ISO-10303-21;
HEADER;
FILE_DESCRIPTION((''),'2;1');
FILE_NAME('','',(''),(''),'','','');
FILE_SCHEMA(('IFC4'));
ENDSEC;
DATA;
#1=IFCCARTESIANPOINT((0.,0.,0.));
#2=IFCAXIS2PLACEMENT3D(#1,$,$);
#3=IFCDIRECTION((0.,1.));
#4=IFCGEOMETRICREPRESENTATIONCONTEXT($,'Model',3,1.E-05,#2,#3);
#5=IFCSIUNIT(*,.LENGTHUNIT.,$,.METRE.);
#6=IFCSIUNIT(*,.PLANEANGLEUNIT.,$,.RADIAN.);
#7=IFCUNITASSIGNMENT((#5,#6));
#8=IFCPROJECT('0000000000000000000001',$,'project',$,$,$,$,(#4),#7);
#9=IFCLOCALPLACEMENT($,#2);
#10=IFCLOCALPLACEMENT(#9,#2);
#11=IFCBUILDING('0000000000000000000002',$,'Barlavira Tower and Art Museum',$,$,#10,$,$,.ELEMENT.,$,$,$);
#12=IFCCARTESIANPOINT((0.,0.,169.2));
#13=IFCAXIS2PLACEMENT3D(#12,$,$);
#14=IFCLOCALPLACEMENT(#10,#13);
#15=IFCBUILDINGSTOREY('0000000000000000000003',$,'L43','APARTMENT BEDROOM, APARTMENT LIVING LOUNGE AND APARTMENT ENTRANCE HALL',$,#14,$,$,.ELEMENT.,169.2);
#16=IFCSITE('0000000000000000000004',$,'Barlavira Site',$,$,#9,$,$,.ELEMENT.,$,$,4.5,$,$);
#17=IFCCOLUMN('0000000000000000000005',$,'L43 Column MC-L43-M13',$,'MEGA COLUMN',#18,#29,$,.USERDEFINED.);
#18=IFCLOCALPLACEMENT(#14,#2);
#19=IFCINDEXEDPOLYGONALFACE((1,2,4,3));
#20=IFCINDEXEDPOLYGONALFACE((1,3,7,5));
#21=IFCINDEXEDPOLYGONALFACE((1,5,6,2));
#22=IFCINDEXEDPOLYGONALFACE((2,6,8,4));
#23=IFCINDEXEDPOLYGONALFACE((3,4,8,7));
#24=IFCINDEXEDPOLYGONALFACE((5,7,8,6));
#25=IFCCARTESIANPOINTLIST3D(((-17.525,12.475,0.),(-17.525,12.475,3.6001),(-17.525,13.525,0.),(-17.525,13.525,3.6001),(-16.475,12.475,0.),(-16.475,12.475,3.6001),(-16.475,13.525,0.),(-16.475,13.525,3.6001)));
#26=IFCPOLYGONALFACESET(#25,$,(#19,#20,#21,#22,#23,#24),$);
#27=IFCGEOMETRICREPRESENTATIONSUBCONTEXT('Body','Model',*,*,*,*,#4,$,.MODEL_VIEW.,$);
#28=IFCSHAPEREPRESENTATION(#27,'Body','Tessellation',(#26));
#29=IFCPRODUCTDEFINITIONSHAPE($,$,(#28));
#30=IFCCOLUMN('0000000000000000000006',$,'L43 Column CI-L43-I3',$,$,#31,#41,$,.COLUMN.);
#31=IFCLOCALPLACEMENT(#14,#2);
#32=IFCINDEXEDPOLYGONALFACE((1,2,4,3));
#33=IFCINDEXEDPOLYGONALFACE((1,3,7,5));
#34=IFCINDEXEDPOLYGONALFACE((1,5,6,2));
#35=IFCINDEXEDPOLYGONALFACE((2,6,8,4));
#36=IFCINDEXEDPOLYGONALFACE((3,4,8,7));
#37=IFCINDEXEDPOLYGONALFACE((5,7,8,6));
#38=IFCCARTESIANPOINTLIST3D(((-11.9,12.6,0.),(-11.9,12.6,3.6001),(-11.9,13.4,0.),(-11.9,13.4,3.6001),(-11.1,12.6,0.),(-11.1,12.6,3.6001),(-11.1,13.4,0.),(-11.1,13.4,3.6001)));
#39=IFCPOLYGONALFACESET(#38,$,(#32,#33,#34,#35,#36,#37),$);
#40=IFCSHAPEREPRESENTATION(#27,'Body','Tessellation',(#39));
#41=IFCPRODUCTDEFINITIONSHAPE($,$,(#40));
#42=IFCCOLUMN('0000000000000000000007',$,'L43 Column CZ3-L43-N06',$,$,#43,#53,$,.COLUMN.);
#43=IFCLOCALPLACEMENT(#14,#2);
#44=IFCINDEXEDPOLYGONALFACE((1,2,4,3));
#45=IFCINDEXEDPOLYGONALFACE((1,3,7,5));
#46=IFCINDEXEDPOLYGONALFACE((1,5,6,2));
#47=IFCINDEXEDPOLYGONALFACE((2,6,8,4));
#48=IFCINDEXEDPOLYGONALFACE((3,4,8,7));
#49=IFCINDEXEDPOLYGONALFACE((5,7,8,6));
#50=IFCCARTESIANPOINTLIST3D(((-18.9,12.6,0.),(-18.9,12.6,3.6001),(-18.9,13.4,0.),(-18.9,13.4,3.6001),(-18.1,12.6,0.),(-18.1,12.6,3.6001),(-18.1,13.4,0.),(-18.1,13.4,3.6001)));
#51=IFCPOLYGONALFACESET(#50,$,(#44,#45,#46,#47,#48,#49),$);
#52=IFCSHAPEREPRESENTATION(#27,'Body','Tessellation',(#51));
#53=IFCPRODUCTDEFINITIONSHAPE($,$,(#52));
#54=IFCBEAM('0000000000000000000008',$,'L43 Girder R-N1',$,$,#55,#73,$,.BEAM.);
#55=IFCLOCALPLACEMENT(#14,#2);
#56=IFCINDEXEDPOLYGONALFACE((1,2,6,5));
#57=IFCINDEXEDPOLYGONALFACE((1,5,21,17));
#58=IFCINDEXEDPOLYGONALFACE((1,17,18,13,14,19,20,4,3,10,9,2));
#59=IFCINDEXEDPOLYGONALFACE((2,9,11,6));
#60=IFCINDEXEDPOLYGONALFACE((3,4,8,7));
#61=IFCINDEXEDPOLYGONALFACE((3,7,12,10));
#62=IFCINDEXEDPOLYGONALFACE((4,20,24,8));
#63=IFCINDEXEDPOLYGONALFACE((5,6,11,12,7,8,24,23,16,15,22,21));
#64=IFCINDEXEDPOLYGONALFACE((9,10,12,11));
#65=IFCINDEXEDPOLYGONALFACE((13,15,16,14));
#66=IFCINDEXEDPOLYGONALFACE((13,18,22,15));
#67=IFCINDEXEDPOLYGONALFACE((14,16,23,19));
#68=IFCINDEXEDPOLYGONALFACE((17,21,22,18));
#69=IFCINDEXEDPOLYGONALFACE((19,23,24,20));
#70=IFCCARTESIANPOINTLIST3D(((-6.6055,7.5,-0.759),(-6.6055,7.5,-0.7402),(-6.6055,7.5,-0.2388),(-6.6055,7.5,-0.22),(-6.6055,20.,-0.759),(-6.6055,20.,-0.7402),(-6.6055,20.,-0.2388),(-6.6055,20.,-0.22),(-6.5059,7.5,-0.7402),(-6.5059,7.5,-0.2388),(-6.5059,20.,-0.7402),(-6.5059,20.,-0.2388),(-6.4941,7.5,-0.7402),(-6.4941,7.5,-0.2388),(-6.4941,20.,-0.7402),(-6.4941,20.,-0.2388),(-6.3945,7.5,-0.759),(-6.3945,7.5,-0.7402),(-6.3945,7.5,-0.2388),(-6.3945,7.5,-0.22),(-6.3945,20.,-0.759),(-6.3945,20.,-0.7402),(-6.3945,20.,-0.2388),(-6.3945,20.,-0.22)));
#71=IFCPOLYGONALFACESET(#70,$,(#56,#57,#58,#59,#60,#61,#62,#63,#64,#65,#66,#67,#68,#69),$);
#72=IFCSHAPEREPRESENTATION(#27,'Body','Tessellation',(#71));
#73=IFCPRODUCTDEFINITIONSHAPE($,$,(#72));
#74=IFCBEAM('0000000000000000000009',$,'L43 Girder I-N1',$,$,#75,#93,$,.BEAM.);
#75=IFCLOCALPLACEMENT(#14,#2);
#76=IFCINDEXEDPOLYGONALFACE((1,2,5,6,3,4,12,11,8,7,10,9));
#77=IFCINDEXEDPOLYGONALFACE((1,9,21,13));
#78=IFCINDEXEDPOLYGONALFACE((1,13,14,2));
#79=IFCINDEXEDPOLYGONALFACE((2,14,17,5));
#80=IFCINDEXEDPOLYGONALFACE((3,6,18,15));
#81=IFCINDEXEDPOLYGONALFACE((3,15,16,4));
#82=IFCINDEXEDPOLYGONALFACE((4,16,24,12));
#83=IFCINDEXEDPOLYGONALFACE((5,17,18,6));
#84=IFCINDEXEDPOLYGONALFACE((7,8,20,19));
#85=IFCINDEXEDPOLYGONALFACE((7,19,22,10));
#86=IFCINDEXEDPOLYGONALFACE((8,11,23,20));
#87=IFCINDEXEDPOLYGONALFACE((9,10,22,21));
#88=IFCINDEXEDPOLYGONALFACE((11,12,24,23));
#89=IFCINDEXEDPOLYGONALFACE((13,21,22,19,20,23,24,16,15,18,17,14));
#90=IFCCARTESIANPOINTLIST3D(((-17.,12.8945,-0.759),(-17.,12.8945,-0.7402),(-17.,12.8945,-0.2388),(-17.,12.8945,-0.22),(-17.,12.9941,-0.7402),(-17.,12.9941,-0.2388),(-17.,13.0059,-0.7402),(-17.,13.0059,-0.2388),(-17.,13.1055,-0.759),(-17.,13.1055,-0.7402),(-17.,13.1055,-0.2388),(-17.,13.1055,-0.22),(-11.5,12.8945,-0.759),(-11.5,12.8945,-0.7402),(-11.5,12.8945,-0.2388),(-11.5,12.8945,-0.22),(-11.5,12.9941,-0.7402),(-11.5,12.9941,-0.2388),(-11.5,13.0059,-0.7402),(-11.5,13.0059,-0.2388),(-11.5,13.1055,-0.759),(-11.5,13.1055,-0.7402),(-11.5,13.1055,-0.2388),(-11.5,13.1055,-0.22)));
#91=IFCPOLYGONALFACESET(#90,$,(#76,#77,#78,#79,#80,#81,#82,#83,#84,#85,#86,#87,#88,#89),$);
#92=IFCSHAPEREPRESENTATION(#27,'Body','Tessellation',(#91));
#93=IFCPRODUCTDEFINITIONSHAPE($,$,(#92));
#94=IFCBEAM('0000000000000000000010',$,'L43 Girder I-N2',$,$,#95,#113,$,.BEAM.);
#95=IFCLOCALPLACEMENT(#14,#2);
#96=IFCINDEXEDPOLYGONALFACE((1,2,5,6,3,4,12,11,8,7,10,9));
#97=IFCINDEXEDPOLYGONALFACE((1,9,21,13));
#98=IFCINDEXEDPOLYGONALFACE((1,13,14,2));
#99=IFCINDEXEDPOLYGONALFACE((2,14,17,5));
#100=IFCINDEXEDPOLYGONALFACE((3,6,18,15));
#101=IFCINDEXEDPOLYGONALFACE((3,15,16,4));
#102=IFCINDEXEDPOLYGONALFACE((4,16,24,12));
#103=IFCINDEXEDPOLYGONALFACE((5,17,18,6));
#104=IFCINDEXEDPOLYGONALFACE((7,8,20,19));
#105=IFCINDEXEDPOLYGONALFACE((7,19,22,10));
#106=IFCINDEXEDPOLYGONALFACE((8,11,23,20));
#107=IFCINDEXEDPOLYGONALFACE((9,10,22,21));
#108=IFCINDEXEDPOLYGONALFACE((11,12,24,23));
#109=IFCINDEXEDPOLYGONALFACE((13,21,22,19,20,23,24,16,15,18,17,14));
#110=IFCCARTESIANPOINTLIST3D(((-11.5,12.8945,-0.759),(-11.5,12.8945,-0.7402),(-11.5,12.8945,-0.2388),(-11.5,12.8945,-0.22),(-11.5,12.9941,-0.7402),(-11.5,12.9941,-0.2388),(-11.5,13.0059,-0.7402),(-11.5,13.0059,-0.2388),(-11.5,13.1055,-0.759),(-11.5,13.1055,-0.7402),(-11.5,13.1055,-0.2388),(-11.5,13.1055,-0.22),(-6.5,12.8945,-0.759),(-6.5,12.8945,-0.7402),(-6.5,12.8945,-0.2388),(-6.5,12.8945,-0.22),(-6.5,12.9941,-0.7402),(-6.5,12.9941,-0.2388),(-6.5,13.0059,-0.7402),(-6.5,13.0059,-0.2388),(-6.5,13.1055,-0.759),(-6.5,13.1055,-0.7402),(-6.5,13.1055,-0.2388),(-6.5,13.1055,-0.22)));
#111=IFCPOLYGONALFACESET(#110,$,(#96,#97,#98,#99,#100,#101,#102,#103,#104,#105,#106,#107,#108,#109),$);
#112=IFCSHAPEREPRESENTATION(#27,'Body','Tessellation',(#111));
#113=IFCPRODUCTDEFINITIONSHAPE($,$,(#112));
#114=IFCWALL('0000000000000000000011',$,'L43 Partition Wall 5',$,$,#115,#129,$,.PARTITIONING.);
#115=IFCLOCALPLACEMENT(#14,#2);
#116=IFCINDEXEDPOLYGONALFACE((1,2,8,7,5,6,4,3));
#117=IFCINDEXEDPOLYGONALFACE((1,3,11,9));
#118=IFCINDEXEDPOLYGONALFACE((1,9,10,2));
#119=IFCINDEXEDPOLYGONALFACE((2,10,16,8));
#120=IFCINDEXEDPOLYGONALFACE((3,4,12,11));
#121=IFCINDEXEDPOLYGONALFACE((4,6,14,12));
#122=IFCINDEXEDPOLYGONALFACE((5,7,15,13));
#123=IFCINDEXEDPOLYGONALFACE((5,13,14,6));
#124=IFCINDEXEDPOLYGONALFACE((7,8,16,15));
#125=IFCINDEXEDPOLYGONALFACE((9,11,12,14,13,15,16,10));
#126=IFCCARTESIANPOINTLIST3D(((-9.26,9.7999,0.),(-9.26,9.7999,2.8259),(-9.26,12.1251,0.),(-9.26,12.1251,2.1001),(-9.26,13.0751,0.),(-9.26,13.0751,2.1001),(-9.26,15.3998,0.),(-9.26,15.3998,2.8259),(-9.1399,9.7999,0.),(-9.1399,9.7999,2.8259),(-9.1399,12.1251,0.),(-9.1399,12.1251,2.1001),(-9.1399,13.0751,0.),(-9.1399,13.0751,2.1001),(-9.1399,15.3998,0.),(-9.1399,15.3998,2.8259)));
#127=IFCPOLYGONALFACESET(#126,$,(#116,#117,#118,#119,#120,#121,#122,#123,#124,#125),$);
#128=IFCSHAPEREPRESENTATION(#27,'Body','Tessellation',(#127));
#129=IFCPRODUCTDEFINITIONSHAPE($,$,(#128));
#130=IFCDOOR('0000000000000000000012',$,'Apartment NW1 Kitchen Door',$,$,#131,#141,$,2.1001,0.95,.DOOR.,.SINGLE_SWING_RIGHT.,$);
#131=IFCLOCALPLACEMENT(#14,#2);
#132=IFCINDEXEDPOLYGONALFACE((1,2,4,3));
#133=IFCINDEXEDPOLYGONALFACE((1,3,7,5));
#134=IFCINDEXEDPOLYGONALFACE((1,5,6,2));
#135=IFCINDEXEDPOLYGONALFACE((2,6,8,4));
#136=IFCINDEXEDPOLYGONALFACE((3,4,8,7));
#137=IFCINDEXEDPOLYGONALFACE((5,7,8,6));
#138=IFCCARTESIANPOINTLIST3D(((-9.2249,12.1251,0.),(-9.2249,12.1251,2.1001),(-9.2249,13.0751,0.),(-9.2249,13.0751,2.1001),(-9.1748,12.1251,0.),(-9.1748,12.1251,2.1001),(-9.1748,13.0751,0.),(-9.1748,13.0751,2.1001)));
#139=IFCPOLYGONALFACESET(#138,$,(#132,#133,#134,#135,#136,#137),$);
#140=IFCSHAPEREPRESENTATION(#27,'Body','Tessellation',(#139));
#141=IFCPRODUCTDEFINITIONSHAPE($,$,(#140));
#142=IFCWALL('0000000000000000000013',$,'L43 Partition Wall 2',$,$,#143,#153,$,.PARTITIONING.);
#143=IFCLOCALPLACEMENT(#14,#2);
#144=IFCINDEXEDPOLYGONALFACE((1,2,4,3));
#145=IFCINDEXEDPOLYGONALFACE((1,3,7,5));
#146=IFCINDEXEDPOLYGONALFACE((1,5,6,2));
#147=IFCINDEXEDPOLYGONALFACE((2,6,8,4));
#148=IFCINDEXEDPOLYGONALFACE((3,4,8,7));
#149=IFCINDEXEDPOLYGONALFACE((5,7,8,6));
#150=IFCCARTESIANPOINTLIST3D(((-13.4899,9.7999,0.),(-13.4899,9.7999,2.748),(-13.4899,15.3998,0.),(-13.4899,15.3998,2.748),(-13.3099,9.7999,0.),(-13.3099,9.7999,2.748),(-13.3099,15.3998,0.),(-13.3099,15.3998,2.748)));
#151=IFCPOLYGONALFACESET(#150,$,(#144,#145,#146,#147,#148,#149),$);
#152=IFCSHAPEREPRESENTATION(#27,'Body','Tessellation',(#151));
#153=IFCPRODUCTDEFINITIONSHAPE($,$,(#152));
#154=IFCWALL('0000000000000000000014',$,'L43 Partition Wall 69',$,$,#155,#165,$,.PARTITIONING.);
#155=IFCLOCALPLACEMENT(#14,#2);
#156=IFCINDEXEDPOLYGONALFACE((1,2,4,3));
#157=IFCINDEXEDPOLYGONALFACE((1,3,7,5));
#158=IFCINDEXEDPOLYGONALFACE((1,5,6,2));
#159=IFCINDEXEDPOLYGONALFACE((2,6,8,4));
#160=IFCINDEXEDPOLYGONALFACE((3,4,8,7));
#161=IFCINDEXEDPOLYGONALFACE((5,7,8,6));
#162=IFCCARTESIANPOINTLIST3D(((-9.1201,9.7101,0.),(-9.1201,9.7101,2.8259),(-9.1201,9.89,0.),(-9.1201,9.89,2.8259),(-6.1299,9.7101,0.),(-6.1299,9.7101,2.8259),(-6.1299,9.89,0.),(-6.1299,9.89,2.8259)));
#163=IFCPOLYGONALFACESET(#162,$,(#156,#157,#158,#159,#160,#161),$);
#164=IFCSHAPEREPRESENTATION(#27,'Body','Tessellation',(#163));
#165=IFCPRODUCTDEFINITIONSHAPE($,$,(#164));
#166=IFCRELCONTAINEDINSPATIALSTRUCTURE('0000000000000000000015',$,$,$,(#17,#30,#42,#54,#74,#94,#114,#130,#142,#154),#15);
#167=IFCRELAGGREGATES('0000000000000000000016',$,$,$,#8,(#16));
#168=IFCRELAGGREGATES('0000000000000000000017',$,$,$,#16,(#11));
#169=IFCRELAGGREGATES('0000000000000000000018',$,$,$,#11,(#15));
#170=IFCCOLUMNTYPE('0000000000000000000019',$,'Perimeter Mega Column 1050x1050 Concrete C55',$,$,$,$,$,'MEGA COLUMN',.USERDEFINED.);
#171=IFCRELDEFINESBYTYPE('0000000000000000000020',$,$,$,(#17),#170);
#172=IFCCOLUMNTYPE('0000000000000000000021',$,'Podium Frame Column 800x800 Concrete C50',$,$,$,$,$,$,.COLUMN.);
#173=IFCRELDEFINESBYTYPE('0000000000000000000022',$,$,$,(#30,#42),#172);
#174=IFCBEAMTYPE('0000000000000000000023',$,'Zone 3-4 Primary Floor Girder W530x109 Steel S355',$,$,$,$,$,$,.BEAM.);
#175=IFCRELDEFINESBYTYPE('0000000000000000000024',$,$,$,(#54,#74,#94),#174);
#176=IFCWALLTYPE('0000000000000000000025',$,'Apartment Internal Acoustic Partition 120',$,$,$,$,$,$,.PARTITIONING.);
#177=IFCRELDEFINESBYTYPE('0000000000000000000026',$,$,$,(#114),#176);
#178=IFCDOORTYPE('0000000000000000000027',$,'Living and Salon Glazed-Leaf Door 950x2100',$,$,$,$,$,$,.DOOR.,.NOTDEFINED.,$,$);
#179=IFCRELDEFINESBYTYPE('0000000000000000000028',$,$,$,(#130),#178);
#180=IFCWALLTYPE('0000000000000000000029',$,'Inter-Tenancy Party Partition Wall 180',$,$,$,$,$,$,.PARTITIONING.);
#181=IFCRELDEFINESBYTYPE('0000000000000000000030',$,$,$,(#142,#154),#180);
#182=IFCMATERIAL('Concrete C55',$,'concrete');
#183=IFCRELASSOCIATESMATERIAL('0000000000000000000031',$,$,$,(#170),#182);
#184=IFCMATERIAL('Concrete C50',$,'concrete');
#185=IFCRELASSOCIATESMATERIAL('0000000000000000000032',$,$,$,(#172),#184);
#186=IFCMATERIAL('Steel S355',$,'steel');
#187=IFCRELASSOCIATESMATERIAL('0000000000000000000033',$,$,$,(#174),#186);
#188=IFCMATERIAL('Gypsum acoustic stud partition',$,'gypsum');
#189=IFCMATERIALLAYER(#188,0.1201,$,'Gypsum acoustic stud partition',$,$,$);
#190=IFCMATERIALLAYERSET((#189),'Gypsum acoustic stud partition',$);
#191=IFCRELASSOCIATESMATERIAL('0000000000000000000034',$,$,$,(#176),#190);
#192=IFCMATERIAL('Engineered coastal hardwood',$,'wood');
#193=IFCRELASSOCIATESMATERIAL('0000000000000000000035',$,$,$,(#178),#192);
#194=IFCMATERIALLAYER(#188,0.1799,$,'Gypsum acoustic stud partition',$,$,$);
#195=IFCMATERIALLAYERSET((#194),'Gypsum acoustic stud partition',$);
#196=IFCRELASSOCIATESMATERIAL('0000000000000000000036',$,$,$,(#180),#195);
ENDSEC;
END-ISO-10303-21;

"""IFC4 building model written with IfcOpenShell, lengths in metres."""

from ifc_helpers import new_model, si_unit, direction, frame, frame_2d, origin, origin_2d, place, context, subcontext, project, spatial, rectangle, i_section, extrude, material, layer, layer_set, material_profile, profile_set, type_object, element, fill, save


model = new_model("IFC4")

# Units and contexts
model_context = context("Model", 3, precision=1e-05, world=origin(), true_north=direction((0.0, 1.0)))
body_context = subcontext(model_context, "Body", "Model", "MODEL_VIEW")
ifc_project = project(units=[si_unit("LENGTHUNIT", "METRE"), si_unit("PLANEANGLEUNIT", "RADIAN")], contexts=[model_context])

# Site, building, storey
site_placement = place(None, origin())
site = spatial("IfcSite", under=ifc_project, at=site_placement, Name="Barlavira Site", CompositionType="ELEMENT", RefElevation=4.5)
building_placement = place(site_placement, origin())
building = spatial("IfcBuilding", under=site, at=building_placement, Name="Barlavira Tower and Art Museum", CompositionType="ELEMENT")
storey_placement = place(building_placement, frame((0.0, 0.0, 169.2)))
storey = spatial("IfcBuildingStorey", under=building, at=storey_placement, Name="L43", Description="APARTMENT BEDROOM, APARTMENT LIVING LOUNGE AND APARTMENT ENTRANCE HALL", CompositionType="ELEMENT", Elevation=169.2)

# Columns
ifc_material_1 = material(Name="Concrete C55", Category="concrete")
ifc_material_profile_1 = material_profile(ifc_material_1, rectangle(XDim=1.05, YDim=1.05, at=origin_2d()), Name="RC-COL 1050x1050")
ifc_profile_set_1 = profile_set([ifc_material_profile_1], Name="Concrete C55")
column_type_1 = type_object("IfcColumnType", Name="Perimeter Mega Column 1050x1050 Concrete C55", ElementType="MEGA COLUMN", PredefinedType="USERDEFINED", material=ifc_profile_set_1)
column_placement = place(storey_placement, frame((-17.0, 13.0, 0.0), z_axis=(0.0, 0.0, 1.0), x_axis=(1.0, 0.0, 0.0)))
element("IfcColumn", 1, at=column_placement, inside=storey, type_object=column_type_1, Name="L43 Column MC-L43-M13", ObjectType="MEGA COLUMN", PredefinedType="USERDEFINED", context=body_context, shape_type="SweptSolid", body=[
    extrude(rectangle(XDim=1.05, YDim=1.05, at=origin_2d()), origin(), (0.0, 0.0, 1.0), 3.6001),
])
ifc_material_2 = material(Name="Concrete C50", Category="concrete")
ifc_material_profile_2 = material_profile(ifc_material_2, rectangle(XDim=0.8, YDim=0.8, at=origin_2d()), Name="RC-COL 800x800")
ifc_profile_set_2 = profile_set([ifc_material_profile_2], Name="Concrete C50")
column_type_2 = type_object("IfcColumnType", Name="Podium Frame Column 800x800 Concrete C50", PredefinedType="COLUMN", material=ifc_profile_set_2)
for number, where, z_axis, x_axis, name in (
    (2, (-11.5, 13.0, 0.0), (0.0, 0.0, 1.0), (1.0, 0.0, 0.0), "L43 Column CI-L43-I3"),
    (3, (-18.5, 13.0, 0.0), (0.0, 0.0, 1.0), (1.0, 0.0, 0.0), "L43 Column CZ3-L43-N06"),
):
    element("IfcColumn", number, at=place(storey_placement, frame(where, z_axis=z_axis, x_axis=x_axis)), inside=storey, type_object=column_type_2, Name=name, PredefinedType="COLUMN", context=body_context, shape_type="SweptSolid", body=[
        extrude(rectangle(XDim=0.8, YDim=0.8, at=origin_2d()), origin(), (0.0, 0.0, 1.0), 3.6001),
    ])

# Beams
ifc_material_3 = material(Name="Steel S355", Category="steel")
ifc_material_profile_3 = material_profile(ifc_material_3, i_section(OverallWidth=0.2109, OverallDepth=0.5391, WebThickness=0.0117, FlangeThickness=0.0188, at=origin_2d()), Name="W530x109.0")
ifc_profile_set_3 = profile_set([ifc_material_profile_3], Name="Steel S355")
beam_type = type_object("IfcBeamType", Name="Zone 3-4 Primary Floor Girder W530x109 Steel S355", PredefinedType="BEAM", material=ifc_profile_set_3)
beam_1_placement = place(storey_placement, frame((-6.5, 7.5, -0.4895), z_axis=(0.0, 1.0, 0.0), x_axis=(-1.0, 0.0, 0.0)))
element("IfcBeam", 4, at=beam_1_placement, inside=storey, type_object=beam_type, Name="L43 Girder R-N1", PredefinedType="BEAM", context=body_context, shape_type="SweptSolid", body=[
    extrude(i_section(OverallWidth=0.2109, OverallDepth=0.5391, WebThickness=0.0117, FlangeThickness=0.0188, at=origin_2d()), origin(), (0.0, 0.0, 1.0), 12.5),
])
beam_2_placement = place(storey_placement, frame((-17.0, 13.0, -0.4895), z_axis=(1.0, 0.0, 0.0), x_axis=(0.0, 1.0, 0.0)))
element("IfcBeam", 5, at=beam_2_placement, inside=storey, type_object=beam_type, Name="L43 Girder I-N1", PredefinedType="BEAM", context=body_context, shape_type="SweptSolid", body=[
    extrude(i_section(OverallWidth=0.2109, OverallDepth=0.5391, WebThickness=0.0117, FlangeThickness=0.0188, at=origin_2d()), origin(), (0.0, 0.0, 1.0), 5.5),
])
beam_3_placement = place(storey_placement, frame((-11.5, 13.0, -0.4895), z_axis=(1.0, 0.0, 0.0), x_axis=(0.0, 1.0, 0.0)))
element("IfcBeam", 6, at=beam_3_placement, inside=storey, type_object=beam_type, Name="L43 Girder I-N2", PredefinedType="BEAM", context=body_context, shape_type="SweptSolid", body=[
    extrude(i_section(OverallWidth=0.2109, OverallDepth=0.5391, WebThickness=0.0117, FlangeThickness=0.0188, at=origin_2d()), origin(), (0.0, 0.0, 1.0), 5.0),
])

# Wall, opening, door
ifc_material_4 = material(Name="Gypsum acoustic stud partition", Category="gypsum")
ifc_layer_1 = layer(ifc_material_4, 0.1201, Name="Gypsum acoustic stud partition")
ifc_layer_set_1 = layer_set([ifc_layer_1], Name="Gypsum acoustic stud partition")
wall_type_1 = type_object("IfcWallType", Name="Apartment Internal Acoustic Partition 120", PredefinedType="PARTITIONING", material=ifc_layer_set_1)
wall_1_placement = place(storey_placement, frame((-9.2, 9.8, 0.0), z_axis=(0.0, 0.0, 1.0), x_axis=(0.0, 1.0, 0.0)))
wall_1 = element("IfcWall", 7, at=wall_1_placement, inside=storey, type_object=wall_type_1, Name="L43 Partition Wall 5", PredefinedType="PARTITIONING", context=body_context, shape_type="SweptSolid", body=[
    extrude(rectangle(XDim=5.5999, YDim=0.1201, at=frame_2d((2.7998, 0.0))), origin(), (0.0, 0.0, 1.0), 2.8259),
])
opening_1_placement = place(wall_1_placement, frame((2.325, 0.0, 0.0)))
opening_1 = element("IfcOpeningElement", 8, at=opening_1_placement, cuts=wall_1, PredefinedType="OPENING", context=body_context, shape_type="SweptSolid", body=[
    extrude(rectangle(XDim=0.95, YDim=2.1001, at=frame_2d((0.4751, 1.05))), frame((0.0, 0.0701, 0.0), z_axis=(0.0, -1.0, 0.0), x_axis=(1.0, 0.0, 0.0)), (0.0, 0.0, 1.0), 0.1401),
])
ifc_material_5 = material(Name="Engineered coastal hardwood", Category="wood")
door_type_1 = type_object("IfcDoorType", Name="Living and Salon Glazed-Leaf Door 950x2100", OperationType="NOTDEFINED", PredefinedType="DOOR", material=ifc_material_5)
door_1_placement = place(opening_1_placement, origin())
door_1 = element("IfcDoor", 9, at=door_1_placement, inside=storey, type_object=door_type_1, Name="Apartment NW1 Kitchen Door", OperationType="SINGLE_SWING_RIGHT", OverallHeight=2.1001, OverallWidth=0.95, PredefinedType="DOOR", context=body_context, shape_type="SweptSolid", body=[
    extrude(rectangle(XDim=0.95, YDim=2.1001, at=frame_2d((0.4751, 1.05))), frame((0.0, 0.0249, 0.0), z_axis=(0.0, -1.0, 0.0), x_axis=(1.0, 0.0, 0.0)), (0.0, 0.0, 1.0), 0.05),
])
fill(opening_1, door_1)

# Wall
ifc_layer_2 = layer(ifc_material_4, 0.1799, Name="Gypsum acoustic stud partition")
ifc_layer_set_2 = layer_set([ifc_layer_2], Name="Gypsum acoustic stud partition")
wall_type_2 = type_object("IfcWallType", Name="Inter-Tenancy Party Partition Wall 180", PredefinedType="PARTITIONING", material=ifc_layer_set_2)
wall_2_placement = place(storey_placement, frame((-13.3999, 9.8, 0.0), z_axis=(0.0, 0.0, 1.0), x_axis=(0.0, 1.0, 0.0)))
element("IfcWall", 10, at=wall_2_placement, inside=storey, type_object=wall_type_2, Name="L43 Partition Wall 2", PredefinedType="PARTITIONING", context=body_context, shape_type="SweptSolid", body=[
    extrude(rectangle(XDim=5.5999, YDim=0.1799, at=frame_2d((2.7998, 0.0))), origin(), (0.0, 0.0, 1.0), 2.748),
])

# Wall
wall_3_placement = place(storey_placement, frame((-9.1201, 9.8, 0.0), z_axis=(0.0, 0.0, 1.0), x_axis=(1.0, 0.0, 0.0)))
element("IfcWall", 11, at=wall_3_placement, inside=storey, type_object=wall_type_2, Name="L43 Partition Wall 69", PredefinedType="PARTITIONING", context=body_context, shape_type="SweptSolid", body=[
    extrude(rectangle(XDim=2.9902, YDim=0.1799, at=frame_2d((1.4951, 0.0))), origin(), (0.0, 0.0, 1.0), 2.8259),
])

save(model, "model.ifc")
